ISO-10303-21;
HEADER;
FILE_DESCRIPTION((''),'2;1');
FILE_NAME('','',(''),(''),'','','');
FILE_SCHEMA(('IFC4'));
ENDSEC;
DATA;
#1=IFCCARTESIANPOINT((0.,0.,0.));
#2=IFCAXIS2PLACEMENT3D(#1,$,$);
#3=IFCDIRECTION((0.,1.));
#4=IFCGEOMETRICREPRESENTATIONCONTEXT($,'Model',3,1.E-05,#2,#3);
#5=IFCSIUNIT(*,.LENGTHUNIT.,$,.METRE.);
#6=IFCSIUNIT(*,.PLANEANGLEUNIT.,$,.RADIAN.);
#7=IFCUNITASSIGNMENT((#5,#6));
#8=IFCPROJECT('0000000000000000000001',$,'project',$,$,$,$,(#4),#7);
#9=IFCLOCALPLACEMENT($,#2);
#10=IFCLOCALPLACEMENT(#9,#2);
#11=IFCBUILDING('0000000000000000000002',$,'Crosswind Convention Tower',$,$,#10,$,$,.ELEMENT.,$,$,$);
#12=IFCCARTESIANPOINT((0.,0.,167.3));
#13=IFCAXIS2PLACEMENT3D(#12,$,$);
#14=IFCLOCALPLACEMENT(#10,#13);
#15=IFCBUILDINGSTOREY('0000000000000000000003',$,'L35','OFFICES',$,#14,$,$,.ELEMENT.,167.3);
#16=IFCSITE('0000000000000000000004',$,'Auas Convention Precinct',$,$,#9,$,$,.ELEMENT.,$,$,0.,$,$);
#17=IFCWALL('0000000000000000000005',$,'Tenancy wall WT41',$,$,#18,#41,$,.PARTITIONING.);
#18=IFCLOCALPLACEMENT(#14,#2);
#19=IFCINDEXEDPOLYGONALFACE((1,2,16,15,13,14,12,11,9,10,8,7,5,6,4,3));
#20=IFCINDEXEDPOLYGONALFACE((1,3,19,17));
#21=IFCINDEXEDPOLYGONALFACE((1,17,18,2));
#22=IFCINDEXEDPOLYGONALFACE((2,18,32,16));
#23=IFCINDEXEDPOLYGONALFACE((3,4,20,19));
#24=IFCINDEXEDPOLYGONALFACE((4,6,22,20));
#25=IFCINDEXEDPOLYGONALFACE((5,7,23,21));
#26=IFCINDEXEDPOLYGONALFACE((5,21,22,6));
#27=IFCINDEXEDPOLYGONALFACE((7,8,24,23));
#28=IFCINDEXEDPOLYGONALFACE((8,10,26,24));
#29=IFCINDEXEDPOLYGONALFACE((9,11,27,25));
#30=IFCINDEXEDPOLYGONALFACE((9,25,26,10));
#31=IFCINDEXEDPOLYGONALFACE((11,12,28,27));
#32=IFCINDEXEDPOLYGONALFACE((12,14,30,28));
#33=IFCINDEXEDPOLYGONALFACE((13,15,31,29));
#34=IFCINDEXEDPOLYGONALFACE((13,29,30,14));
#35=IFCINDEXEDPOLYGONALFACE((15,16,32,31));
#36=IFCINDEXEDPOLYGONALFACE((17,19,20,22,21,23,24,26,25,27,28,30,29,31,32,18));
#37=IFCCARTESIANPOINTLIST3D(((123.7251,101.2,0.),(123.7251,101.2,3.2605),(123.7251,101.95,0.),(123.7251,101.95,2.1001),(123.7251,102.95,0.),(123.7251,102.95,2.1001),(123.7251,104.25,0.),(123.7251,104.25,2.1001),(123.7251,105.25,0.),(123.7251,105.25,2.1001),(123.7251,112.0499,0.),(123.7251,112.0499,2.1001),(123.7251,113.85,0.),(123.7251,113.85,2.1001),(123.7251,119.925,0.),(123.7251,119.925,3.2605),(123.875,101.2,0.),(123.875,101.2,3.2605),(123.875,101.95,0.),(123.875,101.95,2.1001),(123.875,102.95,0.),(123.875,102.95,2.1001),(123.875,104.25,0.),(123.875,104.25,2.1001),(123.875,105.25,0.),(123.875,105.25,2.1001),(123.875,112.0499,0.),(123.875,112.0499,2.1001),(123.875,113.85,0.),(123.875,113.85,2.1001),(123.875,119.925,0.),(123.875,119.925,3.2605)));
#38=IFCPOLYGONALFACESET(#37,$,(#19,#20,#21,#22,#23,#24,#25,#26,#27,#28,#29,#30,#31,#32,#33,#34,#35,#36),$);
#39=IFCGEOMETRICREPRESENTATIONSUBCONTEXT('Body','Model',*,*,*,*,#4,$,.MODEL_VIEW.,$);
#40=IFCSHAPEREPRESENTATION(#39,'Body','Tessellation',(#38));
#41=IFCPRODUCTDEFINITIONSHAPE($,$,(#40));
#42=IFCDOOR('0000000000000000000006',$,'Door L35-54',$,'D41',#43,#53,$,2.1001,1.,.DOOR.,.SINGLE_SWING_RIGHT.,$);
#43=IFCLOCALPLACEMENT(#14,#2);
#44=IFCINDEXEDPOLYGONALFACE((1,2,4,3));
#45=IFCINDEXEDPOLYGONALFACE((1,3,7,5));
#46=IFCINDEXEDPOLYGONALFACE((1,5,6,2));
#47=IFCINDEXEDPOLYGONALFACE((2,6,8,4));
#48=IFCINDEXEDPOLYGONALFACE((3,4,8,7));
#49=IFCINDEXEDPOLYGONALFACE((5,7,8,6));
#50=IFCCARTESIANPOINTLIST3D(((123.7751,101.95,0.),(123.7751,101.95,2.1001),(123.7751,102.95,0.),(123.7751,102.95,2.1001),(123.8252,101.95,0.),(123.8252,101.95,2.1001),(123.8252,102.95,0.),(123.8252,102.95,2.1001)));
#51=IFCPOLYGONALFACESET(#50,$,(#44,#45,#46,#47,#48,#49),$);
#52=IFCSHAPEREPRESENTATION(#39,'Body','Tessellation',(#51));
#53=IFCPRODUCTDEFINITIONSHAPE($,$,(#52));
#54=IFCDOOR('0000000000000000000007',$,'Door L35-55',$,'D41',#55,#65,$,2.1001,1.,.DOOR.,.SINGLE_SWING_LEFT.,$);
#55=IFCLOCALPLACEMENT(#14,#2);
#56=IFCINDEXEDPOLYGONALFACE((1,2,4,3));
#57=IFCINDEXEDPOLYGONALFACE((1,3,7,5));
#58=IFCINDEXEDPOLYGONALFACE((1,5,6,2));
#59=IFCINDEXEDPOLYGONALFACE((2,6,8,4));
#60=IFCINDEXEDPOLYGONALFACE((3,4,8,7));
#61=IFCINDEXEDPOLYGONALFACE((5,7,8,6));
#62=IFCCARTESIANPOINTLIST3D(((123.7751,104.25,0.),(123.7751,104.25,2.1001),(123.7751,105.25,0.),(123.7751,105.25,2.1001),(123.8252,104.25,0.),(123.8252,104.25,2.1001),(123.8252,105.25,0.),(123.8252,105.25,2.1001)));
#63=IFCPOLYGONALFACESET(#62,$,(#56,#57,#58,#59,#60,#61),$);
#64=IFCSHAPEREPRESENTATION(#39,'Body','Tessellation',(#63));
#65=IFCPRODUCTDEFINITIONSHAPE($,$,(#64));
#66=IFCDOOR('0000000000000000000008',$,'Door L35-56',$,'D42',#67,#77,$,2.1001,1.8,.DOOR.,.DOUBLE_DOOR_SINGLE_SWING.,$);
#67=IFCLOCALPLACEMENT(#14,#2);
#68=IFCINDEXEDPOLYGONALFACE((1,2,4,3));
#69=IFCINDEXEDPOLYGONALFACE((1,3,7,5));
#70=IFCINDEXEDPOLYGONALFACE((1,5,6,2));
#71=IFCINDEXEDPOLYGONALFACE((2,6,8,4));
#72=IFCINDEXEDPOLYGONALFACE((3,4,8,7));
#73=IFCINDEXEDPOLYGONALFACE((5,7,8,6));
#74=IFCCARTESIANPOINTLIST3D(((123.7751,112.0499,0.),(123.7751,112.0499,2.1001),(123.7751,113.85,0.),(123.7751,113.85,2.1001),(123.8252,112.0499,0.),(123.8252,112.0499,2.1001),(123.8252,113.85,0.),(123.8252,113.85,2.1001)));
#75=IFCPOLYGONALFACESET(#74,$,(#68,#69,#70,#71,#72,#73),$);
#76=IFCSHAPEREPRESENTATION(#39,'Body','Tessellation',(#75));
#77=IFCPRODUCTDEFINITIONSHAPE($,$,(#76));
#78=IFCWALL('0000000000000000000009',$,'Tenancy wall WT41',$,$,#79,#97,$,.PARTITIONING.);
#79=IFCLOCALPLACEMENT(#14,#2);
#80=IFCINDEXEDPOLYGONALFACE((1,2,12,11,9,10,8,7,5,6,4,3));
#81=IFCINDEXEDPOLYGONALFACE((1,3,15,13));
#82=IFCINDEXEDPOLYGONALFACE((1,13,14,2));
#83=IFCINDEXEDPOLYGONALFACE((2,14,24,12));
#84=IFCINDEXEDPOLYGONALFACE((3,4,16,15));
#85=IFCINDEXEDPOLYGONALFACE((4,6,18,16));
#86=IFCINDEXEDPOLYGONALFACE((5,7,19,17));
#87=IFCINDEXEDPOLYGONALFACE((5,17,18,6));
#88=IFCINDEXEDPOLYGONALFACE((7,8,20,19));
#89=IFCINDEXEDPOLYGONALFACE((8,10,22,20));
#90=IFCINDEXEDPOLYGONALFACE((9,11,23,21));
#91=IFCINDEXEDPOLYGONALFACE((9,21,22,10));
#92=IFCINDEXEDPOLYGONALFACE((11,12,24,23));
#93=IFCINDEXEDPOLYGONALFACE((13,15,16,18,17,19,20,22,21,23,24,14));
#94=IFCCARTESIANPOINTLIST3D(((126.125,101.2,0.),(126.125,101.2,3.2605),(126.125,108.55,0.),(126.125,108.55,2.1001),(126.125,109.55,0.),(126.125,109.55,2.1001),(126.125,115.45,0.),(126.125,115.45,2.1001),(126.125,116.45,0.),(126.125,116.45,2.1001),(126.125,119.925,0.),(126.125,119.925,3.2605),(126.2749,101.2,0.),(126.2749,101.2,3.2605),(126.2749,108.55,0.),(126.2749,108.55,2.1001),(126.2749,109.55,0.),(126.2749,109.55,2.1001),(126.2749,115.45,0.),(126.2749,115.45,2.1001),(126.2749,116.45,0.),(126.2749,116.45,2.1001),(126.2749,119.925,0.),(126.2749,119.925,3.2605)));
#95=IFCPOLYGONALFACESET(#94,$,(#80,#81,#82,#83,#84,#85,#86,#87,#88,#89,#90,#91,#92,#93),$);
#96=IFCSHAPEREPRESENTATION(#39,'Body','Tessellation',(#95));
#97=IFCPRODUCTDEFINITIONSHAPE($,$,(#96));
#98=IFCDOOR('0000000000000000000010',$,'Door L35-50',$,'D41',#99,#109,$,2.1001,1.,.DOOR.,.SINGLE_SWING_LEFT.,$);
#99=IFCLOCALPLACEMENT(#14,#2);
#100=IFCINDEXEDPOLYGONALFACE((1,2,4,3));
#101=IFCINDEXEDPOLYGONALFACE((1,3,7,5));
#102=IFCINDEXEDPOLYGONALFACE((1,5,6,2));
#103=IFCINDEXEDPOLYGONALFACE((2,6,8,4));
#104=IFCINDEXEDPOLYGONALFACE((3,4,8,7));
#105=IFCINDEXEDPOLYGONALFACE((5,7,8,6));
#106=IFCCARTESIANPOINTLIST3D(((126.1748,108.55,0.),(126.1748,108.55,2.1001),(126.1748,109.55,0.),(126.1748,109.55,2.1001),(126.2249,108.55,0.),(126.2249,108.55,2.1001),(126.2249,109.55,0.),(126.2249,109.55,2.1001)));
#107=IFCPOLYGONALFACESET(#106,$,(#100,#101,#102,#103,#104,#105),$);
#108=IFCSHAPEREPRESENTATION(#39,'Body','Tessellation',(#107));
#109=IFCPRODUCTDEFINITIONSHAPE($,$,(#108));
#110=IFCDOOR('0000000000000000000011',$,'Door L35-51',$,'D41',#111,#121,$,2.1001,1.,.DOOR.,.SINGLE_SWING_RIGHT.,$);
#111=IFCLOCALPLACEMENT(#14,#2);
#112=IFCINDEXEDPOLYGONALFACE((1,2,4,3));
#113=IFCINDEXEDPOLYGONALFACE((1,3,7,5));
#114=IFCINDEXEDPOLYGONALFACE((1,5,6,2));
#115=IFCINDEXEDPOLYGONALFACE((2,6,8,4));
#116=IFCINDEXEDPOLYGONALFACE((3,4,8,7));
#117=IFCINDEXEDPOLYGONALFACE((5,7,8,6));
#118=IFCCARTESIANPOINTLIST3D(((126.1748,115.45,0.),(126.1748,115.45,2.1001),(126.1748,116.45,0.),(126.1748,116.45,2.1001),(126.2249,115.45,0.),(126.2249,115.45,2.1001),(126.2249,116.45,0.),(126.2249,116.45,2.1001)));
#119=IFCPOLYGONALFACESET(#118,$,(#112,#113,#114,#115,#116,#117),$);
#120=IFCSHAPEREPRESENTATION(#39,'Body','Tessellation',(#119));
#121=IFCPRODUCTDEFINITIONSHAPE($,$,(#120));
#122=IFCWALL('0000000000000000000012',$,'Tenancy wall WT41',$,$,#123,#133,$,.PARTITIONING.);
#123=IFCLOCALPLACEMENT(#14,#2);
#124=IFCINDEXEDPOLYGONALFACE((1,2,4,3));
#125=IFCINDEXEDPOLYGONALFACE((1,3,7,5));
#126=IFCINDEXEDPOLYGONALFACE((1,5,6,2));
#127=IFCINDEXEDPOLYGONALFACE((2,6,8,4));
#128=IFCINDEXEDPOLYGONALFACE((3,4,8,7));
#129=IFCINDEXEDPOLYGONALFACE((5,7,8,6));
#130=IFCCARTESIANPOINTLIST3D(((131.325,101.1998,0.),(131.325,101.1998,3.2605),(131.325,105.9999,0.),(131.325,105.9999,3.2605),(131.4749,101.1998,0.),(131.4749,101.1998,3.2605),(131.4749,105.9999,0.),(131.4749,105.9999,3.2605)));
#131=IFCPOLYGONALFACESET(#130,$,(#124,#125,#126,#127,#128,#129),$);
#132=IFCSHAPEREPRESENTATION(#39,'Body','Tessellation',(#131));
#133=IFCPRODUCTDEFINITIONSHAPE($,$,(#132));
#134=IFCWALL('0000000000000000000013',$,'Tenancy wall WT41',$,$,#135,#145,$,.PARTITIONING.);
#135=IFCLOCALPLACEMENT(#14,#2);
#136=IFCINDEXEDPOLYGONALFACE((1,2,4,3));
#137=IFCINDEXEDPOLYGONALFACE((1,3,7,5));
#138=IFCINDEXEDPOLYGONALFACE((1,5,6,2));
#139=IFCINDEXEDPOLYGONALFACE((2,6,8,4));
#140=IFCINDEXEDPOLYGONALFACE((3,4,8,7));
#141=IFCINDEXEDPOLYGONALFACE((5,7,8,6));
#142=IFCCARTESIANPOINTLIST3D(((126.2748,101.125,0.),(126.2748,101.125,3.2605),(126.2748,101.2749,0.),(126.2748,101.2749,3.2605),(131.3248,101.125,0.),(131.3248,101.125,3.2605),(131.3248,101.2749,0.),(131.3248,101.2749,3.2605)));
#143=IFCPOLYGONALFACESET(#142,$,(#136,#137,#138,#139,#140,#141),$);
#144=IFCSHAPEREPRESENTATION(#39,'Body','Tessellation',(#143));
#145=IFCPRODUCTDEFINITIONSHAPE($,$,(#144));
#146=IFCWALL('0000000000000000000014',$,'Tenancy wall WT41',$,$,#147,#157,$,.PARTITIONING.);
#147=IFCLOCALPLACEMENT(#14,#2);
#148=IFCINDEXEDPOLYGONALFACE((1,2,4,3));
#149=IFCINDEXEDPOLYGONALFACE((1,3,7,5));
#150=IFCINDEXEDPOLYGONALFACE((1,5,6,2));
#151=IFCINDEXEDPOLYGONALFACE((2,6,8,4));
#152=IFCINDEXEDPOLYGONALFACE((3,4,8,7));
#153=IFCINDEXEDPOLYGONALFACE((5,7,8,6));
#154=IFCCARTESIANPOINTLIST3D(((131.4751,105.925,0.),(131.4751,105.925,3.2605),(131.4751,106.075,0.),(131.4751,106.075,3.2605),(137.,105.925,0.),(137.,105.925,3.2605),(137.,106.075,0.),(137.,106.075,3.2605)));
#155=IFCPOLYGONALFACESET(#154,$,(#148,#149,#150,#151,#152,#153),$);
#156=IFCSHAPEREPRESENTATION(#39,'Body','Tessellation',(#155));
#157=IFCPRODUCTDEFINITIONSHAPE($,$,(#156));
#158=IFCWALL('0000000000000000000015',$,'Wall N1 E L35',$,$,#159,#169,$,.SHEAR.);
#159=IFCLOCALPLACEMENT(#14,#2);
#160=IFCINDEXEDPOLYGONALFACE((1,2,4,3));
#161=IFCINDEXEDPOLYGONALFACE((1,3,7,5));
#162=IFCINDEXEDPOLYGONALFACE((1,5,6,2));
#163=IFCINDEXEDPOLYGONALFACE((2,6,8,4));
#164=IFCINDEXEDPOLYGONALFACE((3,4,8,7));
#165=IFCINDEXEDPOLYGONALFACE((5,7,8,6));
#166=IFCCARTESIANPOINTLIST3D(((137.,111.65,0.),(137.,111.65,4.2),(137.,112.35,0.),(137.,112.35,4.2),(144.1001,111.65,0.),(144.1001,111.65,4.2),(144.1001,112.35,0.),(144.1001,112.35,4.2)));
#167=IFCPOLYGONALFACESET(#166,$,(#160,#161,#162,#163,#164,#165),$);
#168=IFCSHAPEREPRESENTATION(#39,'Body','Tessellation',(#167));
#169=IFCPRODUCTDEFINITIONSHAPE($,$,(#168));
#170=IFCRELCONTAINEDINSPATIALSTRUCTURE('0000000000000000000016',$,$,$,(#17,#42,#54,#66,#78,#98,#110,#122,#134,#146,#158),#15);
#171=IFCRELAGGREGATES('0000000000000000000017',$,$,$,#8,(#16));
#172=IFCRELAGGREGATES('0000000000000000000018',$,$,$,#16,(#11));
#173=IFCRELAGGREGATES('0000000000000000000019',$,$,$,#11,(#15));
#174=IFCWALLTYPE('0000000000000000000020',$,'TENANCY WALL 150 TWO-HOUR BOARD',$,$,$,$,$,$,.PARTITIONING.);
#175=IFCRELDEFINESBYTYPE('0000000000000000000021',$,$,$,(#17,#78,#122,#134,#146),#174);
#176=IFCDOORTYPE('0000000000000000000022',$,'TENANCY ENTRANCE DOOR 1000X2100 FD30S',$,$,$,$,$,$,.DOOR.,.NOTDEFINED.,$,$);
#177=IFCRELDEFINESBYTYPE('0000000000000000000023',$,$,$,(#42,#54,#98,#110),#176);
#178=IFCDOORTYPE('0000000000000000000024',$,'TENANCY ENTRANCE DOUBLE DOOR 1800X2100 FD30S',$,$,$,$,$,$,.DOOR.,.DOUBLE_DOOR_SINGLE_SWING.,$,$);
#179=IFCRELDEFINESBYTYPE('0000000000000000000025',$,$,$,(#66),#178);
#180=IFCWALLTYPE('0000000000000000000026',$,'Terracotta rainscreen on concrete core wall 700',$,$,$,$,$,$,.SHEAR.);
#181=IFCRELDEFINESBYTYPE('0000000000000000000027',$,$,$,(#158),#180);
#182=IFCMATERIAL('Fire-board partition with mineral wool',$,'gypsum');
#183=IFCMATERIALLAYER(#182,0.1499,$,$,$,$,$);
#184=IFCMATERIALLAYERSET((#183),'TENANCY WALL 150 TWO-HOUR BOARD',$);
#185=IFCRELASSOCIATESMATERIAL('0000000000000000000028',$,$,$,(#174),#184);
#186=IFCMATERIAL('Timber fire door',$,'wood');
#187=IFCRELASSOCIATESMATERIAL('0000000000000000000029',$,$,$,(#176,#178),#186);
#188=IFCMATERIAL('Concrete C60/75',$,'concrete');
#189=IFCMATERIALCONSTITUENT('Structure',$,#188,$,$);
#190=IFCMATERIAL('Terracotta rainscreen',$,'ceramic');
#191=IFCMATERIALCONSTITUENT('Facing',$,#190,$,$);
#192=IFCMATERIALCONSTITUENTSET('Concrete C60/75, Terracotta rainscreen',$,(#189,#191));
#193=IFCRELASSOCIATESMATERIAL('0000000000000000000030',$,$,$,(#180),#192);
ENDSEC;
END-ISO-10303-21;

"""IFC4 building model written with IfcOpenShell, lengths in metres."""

from ifc_helpers import new_model, si_unit, direction, frame, frame_2d, origin, place, context, subcontext, project, spatial, rectangle, extrude, material, layer, layer_set, constituent, constituent_set, type_object, element, fill, save


model = new_model("IFC4")

# Units and contexts
model_context = context("Model", 3, precision=1e-05, world=origin(), true_north=direction((0.0, 1.0)))
body_context = subcontext(model_context, "Body", "Model", "MODEL_VIEW")
ifc_project = project(units=[si_unit("LENGTHUNIT", "METRE"), si_unit("PLANEANGLEUNIT", "RADIAN")], contexts=[model_context])

# Site, building, storey
site_placement = place(None, origin())
site = spatial("IfcSite", under=ifc_project, at=site_placement, Name="Auas Convention Precinct", CompositionType="ELEMENT", RefElevation=0.0)
building_placement = place(site_placement, origin())
building = spatial("IfcBuilding", under=site, at=building_placement, Name="Crosswind Convention Tower", CompositionType="ELEMENT")
storey_placement = place(building_placement, frame((0.0, 0.0, 167.3)))
storey = spatial("IfcBuildingStorey", under=building, at=storey_placement, Name="L35", Description="OFFICES", CompositionType="ELEMENT", Elevation=167.3)

# Shared definitions
ifc_material_1 = material(Name="Concrete C60/75", Category="concrete")

# Walls, openings, doors
ifc_material_2 = material(Name="Fire-board partition with mineral wool", Category="gypsum")
ifc_layer_1 = layer(ifc_material_2, 0.1499)
ifc_layer_set_1 = layer_set([ifc_layer_1], Name="TENANCY WALL 150 TWO-HOUR BOARD")
wall_type_1 = type_object("IfcWallType", Name="TENANCY WALL 150 TWO-HOUR BOARD", PredefinedType="PARTITIONING", material=ifc_layer_set_1)
wall_1_placement = place(storey_placement, frame((123.8, 101.2, 0.0), z_axis=(0.0, 0.0, 1.0), x_axis=(0.0, 1.0, 0.0)))
wall_1 = element("IfcWall", 1, at=wall_1_placement, inside=storey, type_object=wall_type_1, Name="Tenancy wall WT41", PredefinedType="PARTITIONING", context=body_context, shape_type="SweptSolid", body=[
    extrude(rectangle(XDim=18.7251, YDim=0.1499, at=frame_2d((9.3625, 0.0))), origin(), (0.0, 0.0, 1.0), 3.2605),
])
opening_1_placement = place(wall_1_placement, frame((0.75, 0.0, 0.0)))
opening_1 = element("IfcOpeningElement", 2, at=opening_1_placement, cuts=wall_1, PredefinedType="OPENING", context=body_context, shape_type="SweptSolid", body=[
    extrude(rectangle(XDim=1.0, YDim=2.1001, at=frame_2d((0.5, 1.05))), frame((0.0, 0.085, 0.0), z_axis=(0.0, -1.0, 0.0), x_axis=(1.0, 0.0, 0.0)), (0.0, 0.0, 1.0), 0.1699),
])
opening_2_placement = place(wall_1_placement, frame((3.05, 0.0, 0.0)))
opening_2 = element("IfcOpeningElement", 3, at=opening_2_placement, cuts=wall_1, PredefinedType="OPENING", context=body_context, shape_type="SweptSolid", body=[
    extrude(rectangle(XDim=1.0, YDim=2.1001, at=frame_2d((0.5, 1.05))), frame((0.0, 0.085, 0.0), z_axis=(0.0, -1.0, 0.0), x_axis=(1.0, 0.0, 0.0)), (0.0, 0.0, 1.0), 0.1699),
])
opening_3_placement = place(wall_1_placement, frame((10.8501, 0.0, 0.0)))
opening_3 = element("IfcOpeningElement", 4, at=opening_3_placement, cuts=wall_1, PredefinedType="OPENING", context=body_context, shape_type="SweptSolid", body=[
    extrude(rectangle(XDim=1.8, YDim=2.1001, at=frame_2d((0.8999, 1.05))), frame((0.0, 0.085, 0.0), z_axis=(0.0, -1.0, 0.0), x_axis=(1.0, 0.0, 0.0)), (0.0, 0.0, 1.0), 0.1699),
])
ifc_material_3 = material(Name="Timber fire door", Category="wood")
door_type_1 = type_object("IfcDoorType", Name="TENANCY ENTRANCE DOOR 1000X2100 FD30S", OperationType="NOTDEFINED", PredefinedType="DOOR", material=ifc_material_3)
door_1_placement = place(opening_1_placement, origin())
door_1 = element("IfcDoor", 5, at=door_1_placement, inside=storey, type_object=door_type_1, Name="Door L35-54", ObjectType="D41", OperationType="SINGLE_SWING_RIGHT", OverallHeight=2.1001, OverallWidth=1.0, PredefinedType="DOOR", context=body_context, shape_type="SweptSolid", body=[
    extrude(rectangle(XDim=1.0, YDim=2.1001, at=frame_2d((0.5, 1.05))), frame((0.0, 0.0249, 0.0), z_axis=(0.0, -1.0, 0.0), x_axis=(1.0, 0.0, 0.0)), (0.0, 0.0, 1.0), 0.05),
])
fill(opening_1, door_1)
door_2_placement = place(opening_2_placement, origin())
door_2 = element("IfcDoor", 6, at=door_2_placement, inside=storey, type_object=door_type_1, Name="Door L35-55", ObjectType="D41", OperationType="SINGLE_SWING_LEFT", OverallHeight=2.1001, OverallWidth=1.0, PredefinedType="DOOR", context=body_context, shape_type="SweptSolid", body=[
    extrude(rectangle(XDim=1.0, YDim=2.1001, at=frame_2d((0.5, 1.05))), frame((0.0, 0.0249, 0.0), z_axis=(0.0, -1.0, 0.0), x_axis=(1.0, 0.0, 0.0)), (0.0, 0.0, 1.0), 0.05),
])
fill(opening_2, door_2)
door_type_2 = type_object("IfcDoorType", Name="TENANCY ENTRANCE DOUBLE DOOR 1800X2100 FD30S", OperationType="DOUBLE_DOOR_SINGLE_SWING", PredefinedType="DOOR", material=ifc_material_3)
door_3_placement = place(opening_3_placement, origin())
door_3 = element("IfcDoor", 7, at=door_3_placement, inside=storey, type_object=door_type_2, Name="Door L35-56", ObjectType="D42", OperationType="DOUBLE_DOOR_SINGLE_SWING", OverallHeight=2.1001, OverallWidth=1.8, PredefinedType="DOOR", context=body_context, shape_type="SweptSolid", body=[
    extrude(rectangle(XDim=1.8, YDim=2.1001, at=frame_2d((0.8999, 1.05))), frame((0.0, 0.0249, 0.0), z_axis=(0.0, -1.0, 0.0), x_axis=(1.0, 0.0, 0.0)), (0.0, 0.0, 1.0), 0.05),
])
fill(opening_3, door_3)
wall_2_placement = place(storey_placement, frame((126.2, 101.2, 0.0), z_axis=(0.0, 0.0, 1.0), x_axis=(0.0, 1.0, 0.0)))
wall_2 = element("IfcWall", 8, at=wall_2_placement, inside=storey, type_object=wall_type_1, Name="Tenancy wall WT41", PredefinedType="PARTITIONING", context=body_context, shape_type="SweptSolid", body=[
    extrude(rectangle(XDim=18.7251, YDim=0.1499, at=frame_2d((9.3625, 0.0))), origin(), (0.0, 0.0, 1.0), 3.2605),
])
opening_4_placement = place(wall_2_placement, frame((7.3501, 0.0, 0.0)))
opening_4 = element("IfcOpeningElement", 9, at=opening_4_placement, cuts=wall_2, PredefinedType="OPENING", context=body_context, shape_type="SweptSolid", body=[
    extrude(rectangle(XDim=1.0, YDim=2.1001, at=frame_2d((0.5, 1.05))), frame((0.0, 0.085, 0.0), z_axis=(0.0, -1.0, 0.0), x_axis=(1.0, 0.0, 0.0)), (0.0, 0.0, 1.0), 0.1699),
])
opening_5_placement = place(wall_2_placement, frame((14.25, 0.0, 0.0)))
opening_5 = element("IfcOpeningElement", 10, at=opening_5_placement, cuts=wall_2, PredefinedType="OPENING", context=body_context, shape_type="SweptSolid", body=[
    extrude(rectangle(XDim=1.0, YDim=2.1001, at=frame_2d((0.5, 1.05))), frame((0.0, 0.085, 0.0), z_axis=(0.0, -1.0, 0.0), x_axis=(1.0, 0.0, 0.0)), (0.0, 0.0, 1.0), 0.1699),
])
door_4_placement = place(opening_4_placement, frame((1.0, 0.0, 0.0), z_axis=(0.0, 0.0, 1.0), x_axis=(-1.0, 0.0, 0.0)))
door_4 = element("IfcDoor", 11, at=door_4_placement, inside=storey, type_object=door_type_1, Name="Door L35-50", ObjectType="D41", OperationType="SINGLE_SWING_LEFT", OverallHeight=2.1001, OverallWidth=1.0, PredefinedType="DOOR", context=body_context, shape_type="SweptSolid", body=[
    extrude(rectangle(XDim=1.0, YDim=2.1001, at=frame_2d((0.5, 1.05))), frame((0.0, 0.0249, 0.0), z_axis=(0.0, -1.0, 0.0), x_axis=(1.0, 0.0, 0.0)), (0.0, 0.0, 1.0), 0.05),
])
fill(opening_4, door_4)
door_5_placement = place(opening_5_placement, frame((1.0, 0.0, 0.0), z_axis=(0.0, 0.0, 1.0), x_axis=(-1.0, 0.0, 0.0)))
door_5 = element("IfcDoor", 12, at=door_5_placement, inside=storey, type_object=door_type_1, Name="Door L35-51", ObjectType="D41", OperationType="SINGLE_SWING_RIGHT", OverallHeight=2.1001, OverallWidth=1.0, PredefinedType="DOOR", context=body_context, shape_type="SweptSolid", body=[
    extrude(rectangle(XDim=1.0, YDim=2.1001, at=frame_2d((0.5, 1.05))), frame((0.0, 0.0249, 0.0), z_axis=(0.0, -1.0, 0.0), x_axis=(1.0, 0.0, 0.0)), (0.0, 0.0, 1.0), 0.05),
])
fill(opening_5, door_5)

# Walls
wall_3_placement = place(storey_placement, frame((131.3999, 101.2, 0.0), z_axis=(0.0, 0.0, 1.0), x_axis=(0.0, 1.0, 0.0)))
element("IfcWall", 13, at=wall_3_placement, inside=storey, type_object=wall_type_1, Name="Tenancy wall WT41", PredefinedType="PARTITIONING", context=body_context, shape_type="SweptSolid", body=[
    extrude(rectangle(XDim=4.8, YDim=0.1499, at=frame_2d((2.3999, 0.0))), origin(), (0.0, 0.0, 1.0), 3.2605),
])
wall_4_placement = place(storey_placement, frame((126.2749, 101.2, 0.0), z_axis=(0.0, 0.0, 1.0), x_axis=(1.0, 0.0, 0.0)))
element("IfcWall", 14, at=wall_4_placement, inside=storey, type_object=wall_type_1, Name="Tenancy wall WT41", PredefinedType="PARTITIONING", context=body_context, shape_type="SweptSolid", body=[
    extrude(rectangle(XDim=5.05, YDim=0.1499, at=frame_2d((2.5249, 0.0))), origin(), (0.0, 0.0, 1.0), 3.2605),
])
wall_5_placement = place(storey_placement, frame((131.4751, 106.0, 0.0), z_axis=(0.0, 0.0, 1.0), x_axis=(1.0, 0.0, 0.0)))
element("IfcWall", 15, at=wall_5_placement, inside=storey, type_object=wall_type_1, Name="Tenancy wall WT41", PredefinedType="PARTITIONING", context=body_context, shape_type="SweptSolid", body=[
    extrude(rectangle(XDim=5.5249, YDim=0.1499, at=frame_2d((2.7625, 0.0))), origin(), (0.0, 0.0, 1.0), 3.2605),
])
ifc_constituent_1 = constituent(ifc_material_1, Name="Structure")
ifc_material_4 = material(Name="Terracotta rainscreen", Category="ceramic")
ifc_constituent_2 = constituent(ifc_material_4, Name="Facing")
ifc_constituent_set = constituent_set(constituents=[ifc_constituent_1, ifc_constituent_2], Name="Concrete C60/75, Terracotta rainscreen")
wall_type_2 = type_object("IfcWallType", Name="Terracotta rainscreen on concrete core wall 700", PredefinedType="SHEAR", material=ifc_constituent_set)
wall_6_placement = place(storey_placement, frame((137.0, 112.0, 0.0), z_axis=(0.0, 0.0, 1.0), x_axis=(1.0, 0.0, 0.0)))
element("IfcWall", 16, at=wall_6_placement, inside=storey, type_object=wall_type_2, Name="Wall N1 E L35", PredefinedType="SHEAR", context=body_context, shape_type="SweptSolid", body=[
    extrude(rectangle(XDim=7.1001, YDim=0.7, at=frame_2d((3.55, 0.0))), origin(), (0.0, 0.0, 1.0), 4.2),
])

save(model, "model.ifc")
